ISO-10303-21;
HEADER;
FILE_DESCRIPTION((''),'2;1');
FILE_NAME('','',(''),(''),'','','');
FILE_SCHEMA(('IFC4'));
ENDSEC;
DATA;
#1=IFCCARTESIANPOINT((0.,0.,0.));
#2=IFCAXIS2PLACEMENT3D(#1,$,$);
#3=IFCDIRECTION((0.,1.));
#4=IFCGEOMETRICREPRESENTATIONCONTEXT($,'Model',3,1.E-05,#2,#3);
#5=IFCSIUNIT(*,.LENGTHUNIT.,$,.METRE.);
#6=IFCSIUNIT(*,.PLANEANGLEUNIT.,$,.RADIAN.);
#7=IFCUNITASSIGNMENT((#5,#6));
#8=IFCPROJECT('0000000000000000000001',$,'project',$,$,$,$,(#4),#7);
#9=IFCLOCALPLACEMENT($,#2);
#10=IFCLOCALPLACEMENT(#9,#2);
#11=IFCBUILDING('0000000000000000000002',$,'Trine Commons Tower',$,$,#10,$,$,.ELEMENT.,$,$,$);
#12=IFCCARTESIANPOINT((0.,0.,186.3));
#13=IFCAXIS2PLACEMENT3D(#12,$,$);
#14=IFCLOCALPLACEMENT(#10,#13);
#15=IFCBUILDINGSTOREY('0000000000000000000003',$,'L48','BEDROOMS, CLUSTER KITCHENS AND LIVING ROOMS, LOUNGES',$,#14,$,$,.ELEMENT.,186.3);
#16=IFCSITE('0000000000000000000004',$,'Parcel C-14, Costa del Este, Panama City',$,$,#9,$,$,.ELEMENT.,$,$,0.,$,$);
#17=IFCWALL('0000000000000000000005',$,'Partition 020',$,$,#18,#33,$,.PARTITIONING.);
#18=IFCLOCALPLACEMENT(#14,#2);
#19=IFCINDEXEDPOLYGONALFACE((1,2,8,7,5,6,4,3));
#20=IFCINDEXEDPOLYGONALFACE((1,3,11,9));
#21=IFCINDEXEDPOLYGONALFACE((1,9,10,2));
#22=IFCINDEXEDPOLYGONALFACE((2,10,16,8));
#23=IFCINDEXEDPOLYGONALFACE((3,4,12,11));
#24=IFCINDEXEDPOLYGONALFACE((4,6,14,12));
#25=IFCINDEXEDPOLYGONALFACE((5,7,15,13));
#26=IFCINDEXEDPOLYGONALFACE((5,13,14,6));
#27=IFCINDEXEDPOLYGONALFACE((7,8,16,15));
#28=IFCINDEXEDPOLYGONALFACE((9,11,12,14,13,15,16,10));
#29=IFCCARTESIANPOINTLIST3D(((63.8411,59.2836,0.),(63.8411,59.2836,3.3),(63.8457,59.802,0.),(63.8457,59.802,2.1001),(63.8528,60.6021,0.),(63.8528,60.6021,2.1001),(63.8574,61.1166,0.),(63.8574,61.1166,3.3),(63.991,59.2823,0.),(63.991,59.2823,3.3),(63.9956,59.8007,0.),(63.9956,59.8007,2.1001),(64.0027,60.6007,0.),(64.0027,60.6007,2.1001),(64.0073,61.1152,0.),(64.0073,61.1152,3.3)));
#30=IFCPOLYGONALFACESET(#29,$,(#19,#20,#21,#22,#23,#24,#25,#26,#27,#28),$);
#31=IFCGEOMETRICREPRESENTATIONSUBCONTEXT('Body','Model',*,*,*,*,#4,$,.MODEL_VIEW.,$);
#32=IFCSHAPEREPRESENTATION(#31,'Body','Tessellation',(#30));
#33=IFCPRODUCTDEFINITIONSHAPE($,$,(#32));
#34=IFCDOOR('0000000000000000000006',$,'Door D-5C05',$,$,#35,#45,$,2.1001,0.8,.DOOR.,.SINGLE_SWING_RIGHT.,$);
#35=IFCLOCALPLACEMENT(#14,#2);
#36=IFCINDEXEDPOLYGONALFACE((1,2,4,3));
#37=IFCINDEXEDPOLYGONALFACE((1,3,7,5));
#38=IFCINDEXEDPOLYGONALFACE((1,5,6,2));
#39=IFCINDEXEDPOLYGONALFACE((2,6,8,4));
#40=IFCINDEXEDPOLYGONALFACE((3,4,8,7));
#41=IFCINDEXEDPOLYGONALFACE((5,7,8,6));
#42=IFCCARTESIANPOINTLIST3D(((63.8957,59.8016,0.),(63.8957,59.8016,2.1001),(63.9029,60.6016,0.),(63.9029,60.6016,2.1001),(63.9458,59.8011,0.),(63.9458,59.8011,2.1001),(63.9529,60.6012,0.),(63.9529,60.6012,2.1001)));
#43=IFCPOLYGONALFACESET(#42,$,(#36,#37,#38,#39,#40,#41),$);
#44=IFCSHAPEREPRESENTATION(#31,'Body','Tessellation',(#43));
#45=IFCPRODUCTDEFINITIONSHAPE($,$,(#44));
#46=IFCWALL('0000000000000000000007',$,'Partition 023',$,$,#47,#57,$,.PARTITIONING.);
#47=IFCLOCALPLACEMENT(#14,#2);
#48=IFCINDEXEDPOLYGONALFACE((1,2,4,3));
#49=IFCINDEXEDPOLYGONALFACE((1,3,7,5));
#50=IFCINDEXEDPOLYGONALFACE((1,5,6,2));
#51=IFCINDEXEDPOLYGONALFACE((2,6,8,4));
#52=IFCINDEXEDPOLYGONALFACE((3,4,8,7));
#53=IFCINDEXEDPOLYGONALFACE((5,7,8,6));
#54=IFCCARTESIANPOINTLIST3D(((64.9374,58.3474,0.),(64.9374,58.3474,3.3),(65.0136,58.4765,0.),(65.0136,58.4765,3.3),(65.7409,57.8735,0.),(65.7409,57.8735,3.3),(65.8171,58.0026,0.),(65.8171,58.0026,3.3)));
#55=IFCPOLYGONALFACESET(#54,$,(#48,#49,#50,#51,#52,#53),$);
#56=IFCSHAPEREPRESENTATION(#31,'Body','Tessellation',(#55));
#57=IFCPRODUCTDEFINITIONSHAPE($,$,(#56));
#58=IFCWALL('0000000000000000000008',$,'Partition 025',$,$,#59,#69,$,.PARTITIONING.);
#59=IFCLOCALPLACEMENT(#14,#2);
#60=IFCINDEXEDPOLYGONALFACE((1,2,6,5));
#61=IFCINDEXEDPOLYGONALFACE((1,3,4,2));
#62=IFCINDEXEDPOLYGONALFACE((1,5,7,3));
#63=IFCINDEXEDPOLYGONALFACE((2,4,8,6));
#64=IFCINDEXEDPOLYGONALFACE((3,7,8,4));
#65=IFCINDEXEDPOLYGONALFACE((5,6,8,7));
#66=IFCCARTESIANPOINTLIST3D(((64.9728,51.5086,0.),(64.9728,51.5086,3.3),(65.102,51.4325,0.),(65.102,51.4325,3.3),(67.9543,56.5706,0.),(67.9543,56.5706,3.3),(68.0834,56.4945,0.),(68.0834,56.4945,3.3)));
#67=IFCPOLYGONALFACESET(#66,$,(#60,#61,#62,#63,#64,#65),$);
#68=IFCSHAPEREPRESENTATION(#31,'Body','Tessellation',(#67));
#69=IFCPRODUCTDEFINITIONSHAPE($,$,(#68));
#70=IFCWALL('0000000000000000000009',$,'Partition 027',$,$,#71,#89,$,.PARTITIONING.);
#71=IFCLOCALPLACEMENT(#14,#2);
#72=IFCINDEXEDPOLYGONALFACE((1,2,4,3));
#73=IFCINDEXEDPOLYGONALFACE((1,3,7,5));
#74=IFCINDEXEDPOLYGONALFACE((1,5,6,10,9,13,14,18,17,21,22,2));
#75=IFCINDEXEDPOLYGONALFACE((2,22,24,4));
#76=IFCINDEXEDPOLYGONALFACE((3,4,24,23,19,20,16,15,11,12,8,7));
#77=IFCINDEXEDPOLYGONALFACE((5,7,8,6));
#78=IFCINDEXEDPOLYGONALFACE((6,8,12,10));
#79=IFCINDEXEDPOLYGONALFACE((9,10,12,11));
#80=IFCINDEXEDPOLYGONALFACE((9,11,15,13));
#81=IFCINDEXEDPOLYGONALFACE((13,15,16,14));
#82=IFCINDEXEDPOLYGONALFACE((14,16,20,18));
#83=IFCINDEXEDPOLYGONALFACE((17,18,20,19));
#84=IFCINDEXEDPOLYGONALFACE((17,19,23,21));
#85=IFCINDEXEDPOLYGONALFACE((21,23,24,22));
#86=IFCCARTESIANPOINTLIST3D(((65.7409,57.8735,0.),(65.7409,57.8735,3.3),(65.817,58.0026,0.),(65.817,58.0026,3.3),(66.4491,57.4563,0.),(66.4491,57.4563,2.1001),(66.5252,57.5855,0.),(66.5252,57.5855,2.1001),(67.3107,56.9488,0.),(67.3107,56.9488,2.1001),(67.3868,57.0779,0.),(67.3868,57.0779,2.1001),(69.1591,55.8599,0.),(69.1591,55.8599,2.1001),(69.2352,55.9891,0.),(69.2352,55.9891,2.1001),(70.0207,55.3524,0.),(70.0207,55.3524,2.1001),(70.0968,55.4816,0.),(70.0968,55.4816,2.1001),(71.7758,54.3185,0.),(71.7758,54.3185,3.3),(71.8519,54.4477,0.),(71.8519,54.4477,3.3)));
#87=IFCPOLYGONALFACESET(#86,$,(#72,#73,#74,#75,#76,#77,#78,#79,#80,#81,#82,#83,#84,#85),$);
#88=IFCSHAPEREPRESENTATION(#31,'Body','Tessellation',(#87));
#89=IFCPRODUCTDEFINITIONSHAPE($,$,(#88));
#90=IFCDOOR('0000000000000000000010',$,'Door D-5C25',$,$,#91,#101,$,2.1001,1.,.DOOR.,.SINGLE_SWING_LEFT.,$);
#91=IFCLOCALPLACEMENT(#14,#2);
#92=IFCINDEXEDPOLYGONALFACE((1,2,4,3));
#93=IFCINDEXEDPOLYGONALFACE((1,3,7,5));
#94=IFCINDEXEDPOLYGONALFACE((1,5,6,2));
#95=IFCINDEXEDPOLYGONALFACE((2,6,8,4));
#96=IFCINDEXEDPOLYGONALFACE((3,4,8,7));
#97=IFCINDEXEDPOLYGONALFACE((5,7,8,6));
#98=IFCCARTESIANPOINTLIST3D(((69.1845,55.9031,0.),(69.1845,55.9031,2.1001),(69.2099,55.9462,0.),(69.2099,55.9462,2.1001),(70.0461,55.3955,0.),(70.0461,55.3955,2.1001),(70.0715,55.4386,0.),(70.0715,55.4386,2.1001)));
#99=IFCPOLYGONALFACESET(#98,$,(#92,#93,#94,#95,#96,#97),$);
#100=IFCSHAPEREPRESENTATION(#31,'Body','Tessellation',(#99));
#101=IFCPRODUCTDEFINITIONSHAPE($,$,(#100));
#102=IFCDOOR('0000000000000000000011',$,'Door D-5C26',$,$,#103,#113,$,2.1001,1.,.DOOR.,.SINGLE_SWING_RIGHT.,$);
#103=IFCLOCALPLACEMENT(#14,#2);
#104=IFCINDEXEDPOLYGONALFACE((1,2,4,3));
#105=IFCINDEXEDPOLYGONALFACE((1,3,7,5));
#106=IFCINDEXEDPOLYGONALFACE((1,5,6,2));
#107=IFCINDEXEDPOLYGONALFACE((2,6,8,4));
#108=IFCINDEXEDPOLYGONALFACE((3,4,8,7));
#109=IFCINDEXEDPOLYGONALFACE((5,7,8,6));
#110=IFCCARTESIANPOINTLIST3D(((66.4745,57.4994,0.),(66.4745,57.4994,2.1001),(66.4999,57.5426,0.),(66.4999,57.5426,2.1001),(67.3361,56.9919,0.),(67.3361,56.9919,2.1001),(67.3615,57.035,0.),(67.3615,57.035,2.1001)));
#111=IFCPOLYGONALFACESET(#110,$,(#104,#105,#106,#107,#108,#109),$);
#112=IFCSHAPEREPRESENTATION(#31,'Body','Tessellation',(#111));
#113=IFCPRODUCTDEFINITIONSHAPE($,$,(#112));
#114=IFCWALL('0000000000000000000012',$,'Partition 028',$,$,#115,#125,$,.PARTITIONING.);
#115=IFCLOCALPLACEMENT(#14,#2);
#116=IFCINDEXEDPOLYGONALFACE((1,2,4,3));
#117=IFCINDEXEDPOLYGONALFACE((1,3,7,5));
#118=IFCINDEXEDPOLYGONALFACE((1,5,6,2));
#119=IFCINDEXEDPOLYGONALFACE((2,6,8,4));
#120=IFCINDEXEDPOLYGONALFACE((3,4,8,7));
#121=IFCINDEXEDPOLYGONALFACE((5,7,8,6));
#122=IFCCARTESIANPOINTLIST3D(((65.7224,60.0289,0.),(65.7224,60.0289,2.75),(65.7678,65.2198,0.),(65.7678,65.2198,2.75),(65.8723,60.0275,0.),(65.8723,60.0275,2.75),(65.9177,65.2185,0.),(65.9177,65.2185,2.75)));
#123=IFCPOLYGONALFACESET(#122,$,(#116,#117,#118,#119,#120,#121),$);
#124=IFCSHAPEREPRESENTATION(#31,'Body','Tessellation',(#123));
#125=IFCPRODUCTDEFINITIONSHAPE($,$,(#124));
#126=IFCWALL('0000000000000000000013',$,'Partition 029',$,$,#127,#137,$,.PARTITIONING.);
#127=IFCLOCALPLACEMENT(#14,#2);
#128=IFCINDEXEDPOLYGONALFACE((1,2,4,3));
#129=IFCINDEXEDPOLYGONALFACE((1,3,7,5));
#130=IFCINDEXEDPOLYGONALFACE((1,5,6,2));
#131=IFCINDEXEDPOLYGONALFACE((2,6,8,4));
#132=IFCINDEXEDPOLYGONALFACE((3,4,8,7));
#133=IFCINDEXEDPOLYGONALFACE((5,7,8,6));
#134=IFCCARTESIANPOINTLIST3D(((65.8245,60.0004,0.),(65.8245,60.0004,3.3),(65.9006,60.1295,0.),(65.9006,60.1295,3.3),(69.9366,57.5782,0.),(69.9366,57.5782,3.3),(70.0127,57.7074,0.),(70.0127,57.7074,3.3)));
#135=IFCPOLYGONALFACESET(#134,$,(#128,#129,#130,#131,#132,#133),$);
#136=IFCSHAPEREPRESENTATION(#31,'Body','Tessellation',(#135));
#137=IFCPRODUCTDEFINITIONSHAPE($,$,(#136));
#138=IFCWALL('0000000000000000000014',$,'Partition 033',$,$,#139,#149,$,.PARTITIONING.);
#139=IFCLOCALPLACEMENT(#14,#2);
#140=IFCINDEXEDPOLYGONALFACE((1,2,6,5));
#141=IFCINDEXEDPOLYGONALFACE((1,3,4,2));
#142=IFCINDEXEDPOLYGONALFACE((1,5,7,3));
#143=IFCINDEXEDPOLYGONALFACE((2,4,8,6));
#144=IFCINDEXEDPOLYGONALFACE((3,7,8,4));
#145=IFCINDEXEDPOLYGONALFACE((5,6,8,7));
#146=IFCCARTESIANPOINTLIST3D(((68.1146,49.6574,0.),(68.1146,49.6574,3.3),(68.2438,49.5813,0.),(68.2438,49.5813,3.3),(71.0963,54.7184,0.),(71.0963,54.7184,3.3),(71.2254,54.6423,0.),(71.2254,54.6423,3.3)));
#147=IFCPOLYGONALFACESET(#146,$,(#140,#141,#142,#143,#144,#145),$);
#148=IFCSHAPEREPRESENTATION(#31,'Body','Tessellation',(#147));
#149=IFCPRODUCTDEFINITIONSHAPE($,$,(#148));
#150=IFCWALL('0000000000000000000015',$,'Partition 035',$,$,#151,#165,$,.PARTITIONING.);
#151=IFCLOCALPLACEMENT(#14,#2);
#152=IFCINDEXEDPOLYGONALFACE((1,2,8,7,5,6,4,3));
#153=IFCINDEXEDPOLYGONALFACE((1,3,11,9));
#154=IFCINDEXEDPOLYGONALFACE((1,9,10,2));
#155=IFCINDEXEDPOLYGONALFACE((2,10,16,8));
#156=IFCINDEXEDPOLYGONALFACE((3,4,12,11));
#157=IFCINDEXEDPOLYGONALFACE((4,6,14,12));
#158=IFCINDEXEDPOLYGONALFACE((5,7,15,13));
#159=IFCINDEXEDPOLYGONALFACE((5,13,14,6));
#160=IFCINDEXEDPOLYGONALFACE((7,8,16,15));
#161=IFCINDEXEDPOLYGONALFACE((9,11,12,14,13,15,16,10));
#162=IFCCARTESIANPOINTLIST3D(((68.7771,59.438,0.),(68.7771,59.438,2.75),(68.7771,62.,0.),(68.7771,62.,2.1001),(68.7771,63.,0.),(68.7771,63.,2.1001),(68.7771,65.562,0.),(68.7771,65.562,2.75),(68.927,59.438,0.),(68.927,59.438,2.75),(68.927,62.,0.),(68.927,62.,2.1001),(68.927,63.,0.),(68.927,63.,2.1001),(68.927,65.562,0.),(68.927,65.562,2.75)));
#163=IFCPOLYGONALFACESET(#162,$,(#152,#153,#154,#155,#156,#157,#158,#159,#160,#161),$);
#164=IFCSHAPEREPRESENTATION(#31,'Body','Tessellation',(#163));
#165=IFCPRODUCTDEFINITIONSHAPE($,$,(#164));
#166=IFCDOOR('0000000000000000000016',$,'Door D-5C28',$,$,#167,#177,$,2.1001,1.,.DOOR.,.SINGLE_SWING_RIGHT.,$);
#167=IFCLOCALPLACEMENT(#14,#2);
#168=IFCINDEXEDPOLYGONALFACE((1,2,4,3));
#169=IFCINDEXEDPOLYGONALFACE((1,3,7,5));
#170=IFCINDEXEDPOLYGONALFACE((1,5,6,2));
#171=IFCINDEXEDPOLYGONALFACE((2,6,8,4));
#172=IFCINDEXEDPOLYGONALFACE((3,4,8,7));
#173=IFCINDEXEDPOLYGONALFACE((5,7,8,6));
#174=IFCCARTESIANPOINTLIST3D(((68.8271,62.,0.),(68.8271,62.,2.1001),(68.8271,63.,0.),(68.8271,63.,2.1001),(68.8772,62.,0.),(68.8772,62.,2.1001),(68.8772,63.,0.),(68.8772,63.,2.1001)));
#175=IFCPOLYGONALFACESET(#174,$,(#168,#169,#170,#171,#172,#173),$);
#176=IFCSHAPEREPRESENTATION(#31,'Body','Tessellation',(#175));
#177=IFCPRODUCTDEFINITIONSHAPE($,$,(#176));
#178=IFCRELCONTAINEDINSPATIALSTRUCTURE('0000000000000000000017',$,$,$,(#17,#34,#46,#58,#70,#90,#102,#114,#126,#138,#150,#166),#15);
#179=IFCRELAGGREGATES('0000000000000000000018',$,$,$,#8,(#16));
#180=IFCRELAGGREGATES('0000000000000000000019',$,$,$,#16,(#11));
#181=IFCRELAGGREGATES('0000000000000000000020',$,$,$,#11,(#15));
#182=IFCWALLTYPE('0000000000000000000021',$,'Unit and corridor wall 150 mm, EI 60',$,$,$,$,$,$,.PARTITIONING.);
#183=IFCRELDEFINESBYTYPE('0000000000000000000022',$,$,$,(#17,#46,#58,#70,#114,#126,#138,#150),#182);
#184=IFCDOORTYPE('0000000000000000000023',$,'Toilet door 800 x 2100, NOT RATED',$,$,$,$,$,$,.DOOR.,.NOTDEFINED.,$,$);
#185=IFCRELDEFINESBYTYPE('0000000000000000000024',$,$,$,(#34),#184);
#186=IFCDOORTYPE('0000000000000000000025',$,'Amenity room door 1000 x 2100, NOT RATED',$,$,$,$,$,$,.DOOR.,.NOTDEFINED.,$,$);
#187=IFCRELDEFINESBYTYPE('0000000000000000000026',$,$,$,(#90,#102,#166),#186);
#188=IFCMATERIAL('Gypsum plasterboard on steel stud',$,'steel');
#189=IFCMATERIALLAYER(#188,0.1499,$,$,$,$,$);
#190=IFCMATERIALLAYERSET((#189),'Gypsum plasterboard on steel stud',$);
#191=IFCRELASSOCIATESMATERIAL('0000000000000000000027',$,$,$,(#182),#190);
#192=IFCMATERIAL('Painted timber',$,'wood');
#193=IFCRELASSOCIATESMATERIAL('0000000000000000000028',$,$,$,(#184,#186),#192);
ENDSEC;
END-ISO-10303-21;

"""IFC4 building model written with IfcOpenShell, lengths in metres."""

from ifc_helpers import new_model, si_unit, direction, frame, frame_2d, origin, place, context, subcontext, project, spatial, rectangle, extrude, material, layer, layer_set, type_object, element, fill, save


model = new_model("IFC4")

# Units and contexts
model_context = context("Model", 3, precision=1e-05, world=origin(), true_north=direction((0.0, 1.0)))
body_context = subcontext(model_context, "Body", "Model", "MODEL_VIEW")
ifc_project = project(units=[si_unit("LENGTHUNIT", "METRE"), si_unit("PLANEANGLEUNIT", "RADIAN")], contexts=[model_context])

# Site, building, storey
site_placement = place(None, origin())
site = spatial("IfcSite", under=ifc_project, at=site_placement, Name="Parcel C-14, Costa del Este, Panama City", CompositionType="ELEMENT", RefElevation=0.0)
building_placement = place(site_placement, origin())
building = spatial("IfcBuilding", under=site, at=building_placement, Name="Trine Commons Tower", CompositionType="ELEMENT")
storey_placement = place(building_placement, frame((0.0, 0.0, 186.3)))
storey = spatial("IfcBuildingStorey", under=building, at=storey_placement, Name="L48", Description="BEDROOMS, CLUSTER KITCHENS AND LIVING ROOMS, LOUNGES", CompositionType="ELEMENT", Elevation=186.3)

# Shared definitions
ifc_material_1 = material(Name="Gypsum plasterboard on steel stud", Category="steel")
ifc_layer_1 = layer(ifc_material_1, 0.1499)
ifc_layer_set_1 = layer_set([ifc_layer_1], Name="Gypsum plasterboard on steel stud")
wall_type_1 = type_object("IfcWallType", Name="Unit and corridor wall 150 mm, EI 60", PredefinedType="PARTITIONING", material=ifc_layer_set_1)

# Wall, opening, door
wall_1_placement = place(storey_placement, frame((63.916, 59.283, 0.0), z_axis=(0.0, 0.0, 1.0), x_axis=(0.008923, 0.99996, 0.0)))
wall_1 = element("IfcWall", 1, at=wall_1_placement, inside=storey, type_object=wall_type_1, Name="Partition 020", PredefinedType="PARTITIONING", context=body_context, shape_type="SweptSolid", body=[
    extrude(rectangle(XDim=1.833, YDim=0.1499, at=frame_2d((0.9165, 0.0))), origin(), (0.0, 0.0, 1.0), 3.3),
])
opening_1_placement = place(wall_1_placement, frame((0.5186, 0.0, 0.0)))
opening_1 = element("IfcOpeningElement", 2, at=opening_1_placement, cuts=wall_1, PredefinedType="OPENING", context=body_context, shape_type="SweptSolid", body=[
    extrude(rectangle(XDim=0.8, YDim=2.1001, at=frame_2d((0.3999, 1.05))), frame((0.0, 0.085, 0.0), z_axis=(0.0, -1.0, 0.0), x_axis=(1.0, 0.0, 0.0)), (0.0, 0.0, 1.0), 0.1699),
])
ifc_material_2 = material(Name="Painted timber", Category="wood")
door_type_1 = type_object("IfcDoorType", Name="Toilet door 800 x 2100, NOT RATED", OperationType="NOTDEFINED", PredefinedType="DOOR", material=ifc_material_2)
door_1_placement = place(opening_1_placement, origin())
door_1 = element("IfcDoor", 3, at=door_1_placement, inside=storey, type_object=door_type_1, Name="Door D-5C05", OperationType="SINGLE_SWING_RIGHT", OverallHeight=2.1001, OverallWidth=0.8, PredefinedType="DOOR", context=body_context, shape_type="SweptSolid", body=[
    extrude(rectangle(XDim=0.8, YDim=2.1001, at=frame_2d((0.3999, 1.05))), frame((0.0, 0.0249, 0.0), z_axis=(0.0, -1.0, 0.0), x_axis=(1.0, 0.0, 0.0)), (0.0, 0.0, 1.0), 0.05),
])
fill(opening_1, door_1)

# Walls
wall_2_placement = place(storey_placement, frame((64.9756, 58.4119, 0.0), z_axis=(0.0, 0.0, 1.0), x_axis=(0.861348, -0.508015, 0.0)))
element("IfcWall", 4, at=wall_2_placement, inside=storey, type_object=wall_type_1, Name="Partition 023", PredefinedType="PARTITIONING", context=body_context, shape_type="SweptSolid", body=[
    extrude(rectangle(XDim=0.9329, YDim=0.1499, at=frame_2d((0.4663, 0.0))), origin(), (0.0, 0.0, 1.0), 3.3),
])
wall_3_placement = place(storey_placement, frame((65.0374, 51.4705, 0.0), z_axis=(0.0, 0.0, 1.0), x_axis=(0.5075, 0.861652, 0.0)))
element("IfcWall", 5, at=wall_3_placement, inside=storey, type_object=wall_type_1, Name="Partition 025", PredefinedType="PARTITIONING", context=body_context, shape_type="SweptSolid", body=[
    extrude(rectangle(XDim=5.8748, YDim=0.1499, at=frame_2d((2.9375, 0.0))), origin(), (0.0, 0.0, 1.0), 3.3),
])

# Wall, openings, doors
wall_4_placement = place(storey_placement, frame((65.7791, 57.938, 0.0), z_axis=(0.0, 0.0, 1.0), x_axis=(0.861623, -0.507549, 0.0)))
wall_4 = element("IfcWall", 6, at=wall_4_placement, inside=storey, type_object=wall_type_1, Name="Partition 027", PredefinedType="PARTITIONING", context=body_context, shape_type="SweptSolid", body=[
    extrude(rectangle(XDim=7.0042, YDim=0.1499, at=frame_2d((3.502, 0.0))), origin(), (0.0, 0.0, 1.0), 3.3),
])
opening_2_placement = place(wall_4_placement, frame((3.967, 0.0, 0.0)))
opening_2 = element("IfcOpeningElement", 7, at=opening_2_placement, cuts=wall_4, PredefinedType="OPENING", context=body_context, shape_type="SweptSolid", body=[
    extrude(rectangle(XDim=1.0, YDim=2.1001, at=frame_2d((0.5, 1.05))), frame((0.0, 0.085, 0.0), z_axis=(0.0, -1.0, 0.0), x_axis=(1.0, 0.0, 0.0)), (0.0, 0.0, 1.0), 0.1699),
])
opening_3_placement = place(wall_4_placement, frame((0.8218, 0.0, 0.0)))
opening_3 = element("IfcOpeningElement", 8, at=opening_3_placement, cuts=wall_4, PredefinedType="OPENING", context=body_context, shape_type="SweptSolid", body=[
    extrude(rectangle(XDim=1.0, YDim=2.1001, at=frame_2d((0.5, 1.05))), frame((0.0, 0.085, 0.0), z_axis=(0.0, -1.0, 0.0), x_axis=(1.0, 0.0, 0.0)), (0.0, 0.0, 1.0), 0.1699),
])
door_type_2 = type_object("IfcDoorType", Name="Amenity room door 1000 x 2100, NOT RATED", OperationType="NOTDEFINED", PredefinedType="DOOR", material=ifc_material_2)
door_2_placement = place(opening_2_placement, frame((1.0, 0.0, 0.0), z_axis=(0.0, 0.0, 1.0), x_axis=(-1.0, 0.0, 0.0)))
door_2 = element("IfcDoor", 9, at=door_2_placement, inside=storey, type_object=door_type_2, Name="Door D-5C25", OperationType="SINGLE_SWING_LEFT", OverallHeight=2.1001, OverallWidth=1.0, PredefinedType="DOOR", context=body_context, shape_type="SweptSolid", body=[
    extrude(rectangle(XDim=1.0, YDim=2.1001, at=frame_2d((0.5, 1.05))), frame((0.0, 0.0249, 0.0), z_axis=(0.0, -1.0, 0.0), x_axis=(1.0, 0.0, 0.0)), (0.0, 0.0, 1.0), 0.05),
])
fill(opening_2, door_2)
door_3_placement = place(opening_3_placement, frame((1.0, 0.0, 0.0), z_axis=(0.0, 0.0, 1.0), x_axis=(-1.0, 0.0, 0.0)))
door_3 = element("IfcDoor", 10, at=door_3_placement, inside=storey, type_object=door_type_2, Name="Door D-5C26", OperationType="SINGLE_SWING_RIGHT", OverallHeight=2.1001, OverallWidth=1.0, PredefinedType="DOOR", context=body_context, shape_type="SweptSolid", body=[
    extrude(rectangle(XDim=1.0, YDim=2.1001, at=frame_2d((0.5, 1.05))), frame((0.0, 0.0249, 0.0), z_axis=(0.0, -1.0, 0.0), x_axis=(1.0, 0.0, 0.0)), (0.0, 0.0, 1.0), 0.05),
])
fill(opening_3, door_3)

# Walls
wall_5_placement = place(storey_placement, frame((65.7974, 60.0281, 0.0), z_axis=(0.0, 0.0, 1.0), x_axis=(0.008748, 0.999962, 0.0)))
element("IfcWall", 11, at=wall_5_placement, inside=storey, type_object=wall_type_1, Name="Partition 028", PredefinedType="PARTITIONING", context=body_context, shape_type="SweptSolid", body=[
    extrude(rectangle(XDim=5.1912, YDim=0.1499, at=frame_2d((2.5957, 0.0))), origin(), (0.0, 0.0, 1.0), 2.75),
])
wall_6_placement = place(storey_placement, frame((65.8625, 60.0649, 0.0), z_axis=(0.0, 0.0, 1.0), x_axis=(0.861636, -0.507528, 0.0)))
element("IfcWall", 12, at=wall_6_placement, inside=storey, type_object=wall_type_1, Name="Partition 029", PredefinedType="PARTITIONING", context=body_context, shape_type="SweptSolid", body=[
    extrude(rectangle(XDim=4.7725, YDim=0.1499, at=frame_2d((2.3862, 0.0))), origin(), (0.0, 0.0, 1.0), 3.3),
])
wall_7_placement = place(storey_placement, frame((68.1792, 49.6194, 0.0), z_axis=(0.0, 0.0, 1.0), x_axis=(0.507603, 0.861591, 0.0)))
element("IfcWall", 13, at=wall_7_placement, inside=storey, type_object=wall_type_1, Name="Partition 033", PredefinedType="PARTITIONING", context=body_context, shape_type="SweptSolid", body=[
    extrude(rectangle(XDim=5.874, YDim=0.1499, at=frame_2d((2.937, 0.0))), origin(), (0.0, 0.0, 1.0), 3.3),
])

# Wall, opening, door
wall_8_placement = place(storey_placement, frame((68.8521, 59.438, 0.0), z_axis=(0.0, 0.0, 1.0), x_axis=(0.0, 1.0, 0.0)))
wall_8 = element("IfcWall", 14, at=wall_8_placement, inside=storey, type_object=wall_type_1, Name="Partition 035", PredefinedType="PARTITIONING", context=body_context, shape_type="SweptSolid", body=[
    extrude(rectangle(XDim=6.124, YDim=0.1499, at=frame_2d((3.062, 0.0))), origin(), (0.0, 0.0, 1.0), 2.75),
])
opening_4_placement = place(wall_8_placement, frame((2.562, 0.0, 0.0)))
opening_4 = element("IfcOpeningElement", 15, at=opening_4_placement, cuts=wall_8, PredefinedType="OPENING", context=body_context, shape_type="SweptSolid", body=[
    extrude(rectangle(XDim=1.0, YDim=2.1001, at=frame_2d((0.5, 1.05))), frame((0.0, 0.085, 0.0), z_axis=(0.0, -1.0, 0.0), x_axis=(1.0, 0.0, 0.0)), (0.0, 0.0, 1.0), 0.1699),
])
door_4_placement = place(opening_4_placement, origin())
door_4 = element("IfcDoor", 16, at=door_4_placement, inside=storey, type_object=door_type_2, Name="Door D-5C28", OperationType="SINGLE_SWING_RIGHT", OverallHeight=2.1001, OverallWidth=1.0, PredefinedType="DOOR", context=body_context, shape_type="SweptSolid", body=[
    extrude(rectangle(XDim=1.0, YDim=2.1001, at=frame_2d((0.5, 1.05))), frame((0.0, 0.0249, 0.0), z_axis=(0.0, -1.0, 0.0), x_axis=(1.0, 0.0, 0.0)), (0.0, 0.0, 1.0), 0.05),
])
fill(opening_4, door_4)

save(model, "model.ifc")
